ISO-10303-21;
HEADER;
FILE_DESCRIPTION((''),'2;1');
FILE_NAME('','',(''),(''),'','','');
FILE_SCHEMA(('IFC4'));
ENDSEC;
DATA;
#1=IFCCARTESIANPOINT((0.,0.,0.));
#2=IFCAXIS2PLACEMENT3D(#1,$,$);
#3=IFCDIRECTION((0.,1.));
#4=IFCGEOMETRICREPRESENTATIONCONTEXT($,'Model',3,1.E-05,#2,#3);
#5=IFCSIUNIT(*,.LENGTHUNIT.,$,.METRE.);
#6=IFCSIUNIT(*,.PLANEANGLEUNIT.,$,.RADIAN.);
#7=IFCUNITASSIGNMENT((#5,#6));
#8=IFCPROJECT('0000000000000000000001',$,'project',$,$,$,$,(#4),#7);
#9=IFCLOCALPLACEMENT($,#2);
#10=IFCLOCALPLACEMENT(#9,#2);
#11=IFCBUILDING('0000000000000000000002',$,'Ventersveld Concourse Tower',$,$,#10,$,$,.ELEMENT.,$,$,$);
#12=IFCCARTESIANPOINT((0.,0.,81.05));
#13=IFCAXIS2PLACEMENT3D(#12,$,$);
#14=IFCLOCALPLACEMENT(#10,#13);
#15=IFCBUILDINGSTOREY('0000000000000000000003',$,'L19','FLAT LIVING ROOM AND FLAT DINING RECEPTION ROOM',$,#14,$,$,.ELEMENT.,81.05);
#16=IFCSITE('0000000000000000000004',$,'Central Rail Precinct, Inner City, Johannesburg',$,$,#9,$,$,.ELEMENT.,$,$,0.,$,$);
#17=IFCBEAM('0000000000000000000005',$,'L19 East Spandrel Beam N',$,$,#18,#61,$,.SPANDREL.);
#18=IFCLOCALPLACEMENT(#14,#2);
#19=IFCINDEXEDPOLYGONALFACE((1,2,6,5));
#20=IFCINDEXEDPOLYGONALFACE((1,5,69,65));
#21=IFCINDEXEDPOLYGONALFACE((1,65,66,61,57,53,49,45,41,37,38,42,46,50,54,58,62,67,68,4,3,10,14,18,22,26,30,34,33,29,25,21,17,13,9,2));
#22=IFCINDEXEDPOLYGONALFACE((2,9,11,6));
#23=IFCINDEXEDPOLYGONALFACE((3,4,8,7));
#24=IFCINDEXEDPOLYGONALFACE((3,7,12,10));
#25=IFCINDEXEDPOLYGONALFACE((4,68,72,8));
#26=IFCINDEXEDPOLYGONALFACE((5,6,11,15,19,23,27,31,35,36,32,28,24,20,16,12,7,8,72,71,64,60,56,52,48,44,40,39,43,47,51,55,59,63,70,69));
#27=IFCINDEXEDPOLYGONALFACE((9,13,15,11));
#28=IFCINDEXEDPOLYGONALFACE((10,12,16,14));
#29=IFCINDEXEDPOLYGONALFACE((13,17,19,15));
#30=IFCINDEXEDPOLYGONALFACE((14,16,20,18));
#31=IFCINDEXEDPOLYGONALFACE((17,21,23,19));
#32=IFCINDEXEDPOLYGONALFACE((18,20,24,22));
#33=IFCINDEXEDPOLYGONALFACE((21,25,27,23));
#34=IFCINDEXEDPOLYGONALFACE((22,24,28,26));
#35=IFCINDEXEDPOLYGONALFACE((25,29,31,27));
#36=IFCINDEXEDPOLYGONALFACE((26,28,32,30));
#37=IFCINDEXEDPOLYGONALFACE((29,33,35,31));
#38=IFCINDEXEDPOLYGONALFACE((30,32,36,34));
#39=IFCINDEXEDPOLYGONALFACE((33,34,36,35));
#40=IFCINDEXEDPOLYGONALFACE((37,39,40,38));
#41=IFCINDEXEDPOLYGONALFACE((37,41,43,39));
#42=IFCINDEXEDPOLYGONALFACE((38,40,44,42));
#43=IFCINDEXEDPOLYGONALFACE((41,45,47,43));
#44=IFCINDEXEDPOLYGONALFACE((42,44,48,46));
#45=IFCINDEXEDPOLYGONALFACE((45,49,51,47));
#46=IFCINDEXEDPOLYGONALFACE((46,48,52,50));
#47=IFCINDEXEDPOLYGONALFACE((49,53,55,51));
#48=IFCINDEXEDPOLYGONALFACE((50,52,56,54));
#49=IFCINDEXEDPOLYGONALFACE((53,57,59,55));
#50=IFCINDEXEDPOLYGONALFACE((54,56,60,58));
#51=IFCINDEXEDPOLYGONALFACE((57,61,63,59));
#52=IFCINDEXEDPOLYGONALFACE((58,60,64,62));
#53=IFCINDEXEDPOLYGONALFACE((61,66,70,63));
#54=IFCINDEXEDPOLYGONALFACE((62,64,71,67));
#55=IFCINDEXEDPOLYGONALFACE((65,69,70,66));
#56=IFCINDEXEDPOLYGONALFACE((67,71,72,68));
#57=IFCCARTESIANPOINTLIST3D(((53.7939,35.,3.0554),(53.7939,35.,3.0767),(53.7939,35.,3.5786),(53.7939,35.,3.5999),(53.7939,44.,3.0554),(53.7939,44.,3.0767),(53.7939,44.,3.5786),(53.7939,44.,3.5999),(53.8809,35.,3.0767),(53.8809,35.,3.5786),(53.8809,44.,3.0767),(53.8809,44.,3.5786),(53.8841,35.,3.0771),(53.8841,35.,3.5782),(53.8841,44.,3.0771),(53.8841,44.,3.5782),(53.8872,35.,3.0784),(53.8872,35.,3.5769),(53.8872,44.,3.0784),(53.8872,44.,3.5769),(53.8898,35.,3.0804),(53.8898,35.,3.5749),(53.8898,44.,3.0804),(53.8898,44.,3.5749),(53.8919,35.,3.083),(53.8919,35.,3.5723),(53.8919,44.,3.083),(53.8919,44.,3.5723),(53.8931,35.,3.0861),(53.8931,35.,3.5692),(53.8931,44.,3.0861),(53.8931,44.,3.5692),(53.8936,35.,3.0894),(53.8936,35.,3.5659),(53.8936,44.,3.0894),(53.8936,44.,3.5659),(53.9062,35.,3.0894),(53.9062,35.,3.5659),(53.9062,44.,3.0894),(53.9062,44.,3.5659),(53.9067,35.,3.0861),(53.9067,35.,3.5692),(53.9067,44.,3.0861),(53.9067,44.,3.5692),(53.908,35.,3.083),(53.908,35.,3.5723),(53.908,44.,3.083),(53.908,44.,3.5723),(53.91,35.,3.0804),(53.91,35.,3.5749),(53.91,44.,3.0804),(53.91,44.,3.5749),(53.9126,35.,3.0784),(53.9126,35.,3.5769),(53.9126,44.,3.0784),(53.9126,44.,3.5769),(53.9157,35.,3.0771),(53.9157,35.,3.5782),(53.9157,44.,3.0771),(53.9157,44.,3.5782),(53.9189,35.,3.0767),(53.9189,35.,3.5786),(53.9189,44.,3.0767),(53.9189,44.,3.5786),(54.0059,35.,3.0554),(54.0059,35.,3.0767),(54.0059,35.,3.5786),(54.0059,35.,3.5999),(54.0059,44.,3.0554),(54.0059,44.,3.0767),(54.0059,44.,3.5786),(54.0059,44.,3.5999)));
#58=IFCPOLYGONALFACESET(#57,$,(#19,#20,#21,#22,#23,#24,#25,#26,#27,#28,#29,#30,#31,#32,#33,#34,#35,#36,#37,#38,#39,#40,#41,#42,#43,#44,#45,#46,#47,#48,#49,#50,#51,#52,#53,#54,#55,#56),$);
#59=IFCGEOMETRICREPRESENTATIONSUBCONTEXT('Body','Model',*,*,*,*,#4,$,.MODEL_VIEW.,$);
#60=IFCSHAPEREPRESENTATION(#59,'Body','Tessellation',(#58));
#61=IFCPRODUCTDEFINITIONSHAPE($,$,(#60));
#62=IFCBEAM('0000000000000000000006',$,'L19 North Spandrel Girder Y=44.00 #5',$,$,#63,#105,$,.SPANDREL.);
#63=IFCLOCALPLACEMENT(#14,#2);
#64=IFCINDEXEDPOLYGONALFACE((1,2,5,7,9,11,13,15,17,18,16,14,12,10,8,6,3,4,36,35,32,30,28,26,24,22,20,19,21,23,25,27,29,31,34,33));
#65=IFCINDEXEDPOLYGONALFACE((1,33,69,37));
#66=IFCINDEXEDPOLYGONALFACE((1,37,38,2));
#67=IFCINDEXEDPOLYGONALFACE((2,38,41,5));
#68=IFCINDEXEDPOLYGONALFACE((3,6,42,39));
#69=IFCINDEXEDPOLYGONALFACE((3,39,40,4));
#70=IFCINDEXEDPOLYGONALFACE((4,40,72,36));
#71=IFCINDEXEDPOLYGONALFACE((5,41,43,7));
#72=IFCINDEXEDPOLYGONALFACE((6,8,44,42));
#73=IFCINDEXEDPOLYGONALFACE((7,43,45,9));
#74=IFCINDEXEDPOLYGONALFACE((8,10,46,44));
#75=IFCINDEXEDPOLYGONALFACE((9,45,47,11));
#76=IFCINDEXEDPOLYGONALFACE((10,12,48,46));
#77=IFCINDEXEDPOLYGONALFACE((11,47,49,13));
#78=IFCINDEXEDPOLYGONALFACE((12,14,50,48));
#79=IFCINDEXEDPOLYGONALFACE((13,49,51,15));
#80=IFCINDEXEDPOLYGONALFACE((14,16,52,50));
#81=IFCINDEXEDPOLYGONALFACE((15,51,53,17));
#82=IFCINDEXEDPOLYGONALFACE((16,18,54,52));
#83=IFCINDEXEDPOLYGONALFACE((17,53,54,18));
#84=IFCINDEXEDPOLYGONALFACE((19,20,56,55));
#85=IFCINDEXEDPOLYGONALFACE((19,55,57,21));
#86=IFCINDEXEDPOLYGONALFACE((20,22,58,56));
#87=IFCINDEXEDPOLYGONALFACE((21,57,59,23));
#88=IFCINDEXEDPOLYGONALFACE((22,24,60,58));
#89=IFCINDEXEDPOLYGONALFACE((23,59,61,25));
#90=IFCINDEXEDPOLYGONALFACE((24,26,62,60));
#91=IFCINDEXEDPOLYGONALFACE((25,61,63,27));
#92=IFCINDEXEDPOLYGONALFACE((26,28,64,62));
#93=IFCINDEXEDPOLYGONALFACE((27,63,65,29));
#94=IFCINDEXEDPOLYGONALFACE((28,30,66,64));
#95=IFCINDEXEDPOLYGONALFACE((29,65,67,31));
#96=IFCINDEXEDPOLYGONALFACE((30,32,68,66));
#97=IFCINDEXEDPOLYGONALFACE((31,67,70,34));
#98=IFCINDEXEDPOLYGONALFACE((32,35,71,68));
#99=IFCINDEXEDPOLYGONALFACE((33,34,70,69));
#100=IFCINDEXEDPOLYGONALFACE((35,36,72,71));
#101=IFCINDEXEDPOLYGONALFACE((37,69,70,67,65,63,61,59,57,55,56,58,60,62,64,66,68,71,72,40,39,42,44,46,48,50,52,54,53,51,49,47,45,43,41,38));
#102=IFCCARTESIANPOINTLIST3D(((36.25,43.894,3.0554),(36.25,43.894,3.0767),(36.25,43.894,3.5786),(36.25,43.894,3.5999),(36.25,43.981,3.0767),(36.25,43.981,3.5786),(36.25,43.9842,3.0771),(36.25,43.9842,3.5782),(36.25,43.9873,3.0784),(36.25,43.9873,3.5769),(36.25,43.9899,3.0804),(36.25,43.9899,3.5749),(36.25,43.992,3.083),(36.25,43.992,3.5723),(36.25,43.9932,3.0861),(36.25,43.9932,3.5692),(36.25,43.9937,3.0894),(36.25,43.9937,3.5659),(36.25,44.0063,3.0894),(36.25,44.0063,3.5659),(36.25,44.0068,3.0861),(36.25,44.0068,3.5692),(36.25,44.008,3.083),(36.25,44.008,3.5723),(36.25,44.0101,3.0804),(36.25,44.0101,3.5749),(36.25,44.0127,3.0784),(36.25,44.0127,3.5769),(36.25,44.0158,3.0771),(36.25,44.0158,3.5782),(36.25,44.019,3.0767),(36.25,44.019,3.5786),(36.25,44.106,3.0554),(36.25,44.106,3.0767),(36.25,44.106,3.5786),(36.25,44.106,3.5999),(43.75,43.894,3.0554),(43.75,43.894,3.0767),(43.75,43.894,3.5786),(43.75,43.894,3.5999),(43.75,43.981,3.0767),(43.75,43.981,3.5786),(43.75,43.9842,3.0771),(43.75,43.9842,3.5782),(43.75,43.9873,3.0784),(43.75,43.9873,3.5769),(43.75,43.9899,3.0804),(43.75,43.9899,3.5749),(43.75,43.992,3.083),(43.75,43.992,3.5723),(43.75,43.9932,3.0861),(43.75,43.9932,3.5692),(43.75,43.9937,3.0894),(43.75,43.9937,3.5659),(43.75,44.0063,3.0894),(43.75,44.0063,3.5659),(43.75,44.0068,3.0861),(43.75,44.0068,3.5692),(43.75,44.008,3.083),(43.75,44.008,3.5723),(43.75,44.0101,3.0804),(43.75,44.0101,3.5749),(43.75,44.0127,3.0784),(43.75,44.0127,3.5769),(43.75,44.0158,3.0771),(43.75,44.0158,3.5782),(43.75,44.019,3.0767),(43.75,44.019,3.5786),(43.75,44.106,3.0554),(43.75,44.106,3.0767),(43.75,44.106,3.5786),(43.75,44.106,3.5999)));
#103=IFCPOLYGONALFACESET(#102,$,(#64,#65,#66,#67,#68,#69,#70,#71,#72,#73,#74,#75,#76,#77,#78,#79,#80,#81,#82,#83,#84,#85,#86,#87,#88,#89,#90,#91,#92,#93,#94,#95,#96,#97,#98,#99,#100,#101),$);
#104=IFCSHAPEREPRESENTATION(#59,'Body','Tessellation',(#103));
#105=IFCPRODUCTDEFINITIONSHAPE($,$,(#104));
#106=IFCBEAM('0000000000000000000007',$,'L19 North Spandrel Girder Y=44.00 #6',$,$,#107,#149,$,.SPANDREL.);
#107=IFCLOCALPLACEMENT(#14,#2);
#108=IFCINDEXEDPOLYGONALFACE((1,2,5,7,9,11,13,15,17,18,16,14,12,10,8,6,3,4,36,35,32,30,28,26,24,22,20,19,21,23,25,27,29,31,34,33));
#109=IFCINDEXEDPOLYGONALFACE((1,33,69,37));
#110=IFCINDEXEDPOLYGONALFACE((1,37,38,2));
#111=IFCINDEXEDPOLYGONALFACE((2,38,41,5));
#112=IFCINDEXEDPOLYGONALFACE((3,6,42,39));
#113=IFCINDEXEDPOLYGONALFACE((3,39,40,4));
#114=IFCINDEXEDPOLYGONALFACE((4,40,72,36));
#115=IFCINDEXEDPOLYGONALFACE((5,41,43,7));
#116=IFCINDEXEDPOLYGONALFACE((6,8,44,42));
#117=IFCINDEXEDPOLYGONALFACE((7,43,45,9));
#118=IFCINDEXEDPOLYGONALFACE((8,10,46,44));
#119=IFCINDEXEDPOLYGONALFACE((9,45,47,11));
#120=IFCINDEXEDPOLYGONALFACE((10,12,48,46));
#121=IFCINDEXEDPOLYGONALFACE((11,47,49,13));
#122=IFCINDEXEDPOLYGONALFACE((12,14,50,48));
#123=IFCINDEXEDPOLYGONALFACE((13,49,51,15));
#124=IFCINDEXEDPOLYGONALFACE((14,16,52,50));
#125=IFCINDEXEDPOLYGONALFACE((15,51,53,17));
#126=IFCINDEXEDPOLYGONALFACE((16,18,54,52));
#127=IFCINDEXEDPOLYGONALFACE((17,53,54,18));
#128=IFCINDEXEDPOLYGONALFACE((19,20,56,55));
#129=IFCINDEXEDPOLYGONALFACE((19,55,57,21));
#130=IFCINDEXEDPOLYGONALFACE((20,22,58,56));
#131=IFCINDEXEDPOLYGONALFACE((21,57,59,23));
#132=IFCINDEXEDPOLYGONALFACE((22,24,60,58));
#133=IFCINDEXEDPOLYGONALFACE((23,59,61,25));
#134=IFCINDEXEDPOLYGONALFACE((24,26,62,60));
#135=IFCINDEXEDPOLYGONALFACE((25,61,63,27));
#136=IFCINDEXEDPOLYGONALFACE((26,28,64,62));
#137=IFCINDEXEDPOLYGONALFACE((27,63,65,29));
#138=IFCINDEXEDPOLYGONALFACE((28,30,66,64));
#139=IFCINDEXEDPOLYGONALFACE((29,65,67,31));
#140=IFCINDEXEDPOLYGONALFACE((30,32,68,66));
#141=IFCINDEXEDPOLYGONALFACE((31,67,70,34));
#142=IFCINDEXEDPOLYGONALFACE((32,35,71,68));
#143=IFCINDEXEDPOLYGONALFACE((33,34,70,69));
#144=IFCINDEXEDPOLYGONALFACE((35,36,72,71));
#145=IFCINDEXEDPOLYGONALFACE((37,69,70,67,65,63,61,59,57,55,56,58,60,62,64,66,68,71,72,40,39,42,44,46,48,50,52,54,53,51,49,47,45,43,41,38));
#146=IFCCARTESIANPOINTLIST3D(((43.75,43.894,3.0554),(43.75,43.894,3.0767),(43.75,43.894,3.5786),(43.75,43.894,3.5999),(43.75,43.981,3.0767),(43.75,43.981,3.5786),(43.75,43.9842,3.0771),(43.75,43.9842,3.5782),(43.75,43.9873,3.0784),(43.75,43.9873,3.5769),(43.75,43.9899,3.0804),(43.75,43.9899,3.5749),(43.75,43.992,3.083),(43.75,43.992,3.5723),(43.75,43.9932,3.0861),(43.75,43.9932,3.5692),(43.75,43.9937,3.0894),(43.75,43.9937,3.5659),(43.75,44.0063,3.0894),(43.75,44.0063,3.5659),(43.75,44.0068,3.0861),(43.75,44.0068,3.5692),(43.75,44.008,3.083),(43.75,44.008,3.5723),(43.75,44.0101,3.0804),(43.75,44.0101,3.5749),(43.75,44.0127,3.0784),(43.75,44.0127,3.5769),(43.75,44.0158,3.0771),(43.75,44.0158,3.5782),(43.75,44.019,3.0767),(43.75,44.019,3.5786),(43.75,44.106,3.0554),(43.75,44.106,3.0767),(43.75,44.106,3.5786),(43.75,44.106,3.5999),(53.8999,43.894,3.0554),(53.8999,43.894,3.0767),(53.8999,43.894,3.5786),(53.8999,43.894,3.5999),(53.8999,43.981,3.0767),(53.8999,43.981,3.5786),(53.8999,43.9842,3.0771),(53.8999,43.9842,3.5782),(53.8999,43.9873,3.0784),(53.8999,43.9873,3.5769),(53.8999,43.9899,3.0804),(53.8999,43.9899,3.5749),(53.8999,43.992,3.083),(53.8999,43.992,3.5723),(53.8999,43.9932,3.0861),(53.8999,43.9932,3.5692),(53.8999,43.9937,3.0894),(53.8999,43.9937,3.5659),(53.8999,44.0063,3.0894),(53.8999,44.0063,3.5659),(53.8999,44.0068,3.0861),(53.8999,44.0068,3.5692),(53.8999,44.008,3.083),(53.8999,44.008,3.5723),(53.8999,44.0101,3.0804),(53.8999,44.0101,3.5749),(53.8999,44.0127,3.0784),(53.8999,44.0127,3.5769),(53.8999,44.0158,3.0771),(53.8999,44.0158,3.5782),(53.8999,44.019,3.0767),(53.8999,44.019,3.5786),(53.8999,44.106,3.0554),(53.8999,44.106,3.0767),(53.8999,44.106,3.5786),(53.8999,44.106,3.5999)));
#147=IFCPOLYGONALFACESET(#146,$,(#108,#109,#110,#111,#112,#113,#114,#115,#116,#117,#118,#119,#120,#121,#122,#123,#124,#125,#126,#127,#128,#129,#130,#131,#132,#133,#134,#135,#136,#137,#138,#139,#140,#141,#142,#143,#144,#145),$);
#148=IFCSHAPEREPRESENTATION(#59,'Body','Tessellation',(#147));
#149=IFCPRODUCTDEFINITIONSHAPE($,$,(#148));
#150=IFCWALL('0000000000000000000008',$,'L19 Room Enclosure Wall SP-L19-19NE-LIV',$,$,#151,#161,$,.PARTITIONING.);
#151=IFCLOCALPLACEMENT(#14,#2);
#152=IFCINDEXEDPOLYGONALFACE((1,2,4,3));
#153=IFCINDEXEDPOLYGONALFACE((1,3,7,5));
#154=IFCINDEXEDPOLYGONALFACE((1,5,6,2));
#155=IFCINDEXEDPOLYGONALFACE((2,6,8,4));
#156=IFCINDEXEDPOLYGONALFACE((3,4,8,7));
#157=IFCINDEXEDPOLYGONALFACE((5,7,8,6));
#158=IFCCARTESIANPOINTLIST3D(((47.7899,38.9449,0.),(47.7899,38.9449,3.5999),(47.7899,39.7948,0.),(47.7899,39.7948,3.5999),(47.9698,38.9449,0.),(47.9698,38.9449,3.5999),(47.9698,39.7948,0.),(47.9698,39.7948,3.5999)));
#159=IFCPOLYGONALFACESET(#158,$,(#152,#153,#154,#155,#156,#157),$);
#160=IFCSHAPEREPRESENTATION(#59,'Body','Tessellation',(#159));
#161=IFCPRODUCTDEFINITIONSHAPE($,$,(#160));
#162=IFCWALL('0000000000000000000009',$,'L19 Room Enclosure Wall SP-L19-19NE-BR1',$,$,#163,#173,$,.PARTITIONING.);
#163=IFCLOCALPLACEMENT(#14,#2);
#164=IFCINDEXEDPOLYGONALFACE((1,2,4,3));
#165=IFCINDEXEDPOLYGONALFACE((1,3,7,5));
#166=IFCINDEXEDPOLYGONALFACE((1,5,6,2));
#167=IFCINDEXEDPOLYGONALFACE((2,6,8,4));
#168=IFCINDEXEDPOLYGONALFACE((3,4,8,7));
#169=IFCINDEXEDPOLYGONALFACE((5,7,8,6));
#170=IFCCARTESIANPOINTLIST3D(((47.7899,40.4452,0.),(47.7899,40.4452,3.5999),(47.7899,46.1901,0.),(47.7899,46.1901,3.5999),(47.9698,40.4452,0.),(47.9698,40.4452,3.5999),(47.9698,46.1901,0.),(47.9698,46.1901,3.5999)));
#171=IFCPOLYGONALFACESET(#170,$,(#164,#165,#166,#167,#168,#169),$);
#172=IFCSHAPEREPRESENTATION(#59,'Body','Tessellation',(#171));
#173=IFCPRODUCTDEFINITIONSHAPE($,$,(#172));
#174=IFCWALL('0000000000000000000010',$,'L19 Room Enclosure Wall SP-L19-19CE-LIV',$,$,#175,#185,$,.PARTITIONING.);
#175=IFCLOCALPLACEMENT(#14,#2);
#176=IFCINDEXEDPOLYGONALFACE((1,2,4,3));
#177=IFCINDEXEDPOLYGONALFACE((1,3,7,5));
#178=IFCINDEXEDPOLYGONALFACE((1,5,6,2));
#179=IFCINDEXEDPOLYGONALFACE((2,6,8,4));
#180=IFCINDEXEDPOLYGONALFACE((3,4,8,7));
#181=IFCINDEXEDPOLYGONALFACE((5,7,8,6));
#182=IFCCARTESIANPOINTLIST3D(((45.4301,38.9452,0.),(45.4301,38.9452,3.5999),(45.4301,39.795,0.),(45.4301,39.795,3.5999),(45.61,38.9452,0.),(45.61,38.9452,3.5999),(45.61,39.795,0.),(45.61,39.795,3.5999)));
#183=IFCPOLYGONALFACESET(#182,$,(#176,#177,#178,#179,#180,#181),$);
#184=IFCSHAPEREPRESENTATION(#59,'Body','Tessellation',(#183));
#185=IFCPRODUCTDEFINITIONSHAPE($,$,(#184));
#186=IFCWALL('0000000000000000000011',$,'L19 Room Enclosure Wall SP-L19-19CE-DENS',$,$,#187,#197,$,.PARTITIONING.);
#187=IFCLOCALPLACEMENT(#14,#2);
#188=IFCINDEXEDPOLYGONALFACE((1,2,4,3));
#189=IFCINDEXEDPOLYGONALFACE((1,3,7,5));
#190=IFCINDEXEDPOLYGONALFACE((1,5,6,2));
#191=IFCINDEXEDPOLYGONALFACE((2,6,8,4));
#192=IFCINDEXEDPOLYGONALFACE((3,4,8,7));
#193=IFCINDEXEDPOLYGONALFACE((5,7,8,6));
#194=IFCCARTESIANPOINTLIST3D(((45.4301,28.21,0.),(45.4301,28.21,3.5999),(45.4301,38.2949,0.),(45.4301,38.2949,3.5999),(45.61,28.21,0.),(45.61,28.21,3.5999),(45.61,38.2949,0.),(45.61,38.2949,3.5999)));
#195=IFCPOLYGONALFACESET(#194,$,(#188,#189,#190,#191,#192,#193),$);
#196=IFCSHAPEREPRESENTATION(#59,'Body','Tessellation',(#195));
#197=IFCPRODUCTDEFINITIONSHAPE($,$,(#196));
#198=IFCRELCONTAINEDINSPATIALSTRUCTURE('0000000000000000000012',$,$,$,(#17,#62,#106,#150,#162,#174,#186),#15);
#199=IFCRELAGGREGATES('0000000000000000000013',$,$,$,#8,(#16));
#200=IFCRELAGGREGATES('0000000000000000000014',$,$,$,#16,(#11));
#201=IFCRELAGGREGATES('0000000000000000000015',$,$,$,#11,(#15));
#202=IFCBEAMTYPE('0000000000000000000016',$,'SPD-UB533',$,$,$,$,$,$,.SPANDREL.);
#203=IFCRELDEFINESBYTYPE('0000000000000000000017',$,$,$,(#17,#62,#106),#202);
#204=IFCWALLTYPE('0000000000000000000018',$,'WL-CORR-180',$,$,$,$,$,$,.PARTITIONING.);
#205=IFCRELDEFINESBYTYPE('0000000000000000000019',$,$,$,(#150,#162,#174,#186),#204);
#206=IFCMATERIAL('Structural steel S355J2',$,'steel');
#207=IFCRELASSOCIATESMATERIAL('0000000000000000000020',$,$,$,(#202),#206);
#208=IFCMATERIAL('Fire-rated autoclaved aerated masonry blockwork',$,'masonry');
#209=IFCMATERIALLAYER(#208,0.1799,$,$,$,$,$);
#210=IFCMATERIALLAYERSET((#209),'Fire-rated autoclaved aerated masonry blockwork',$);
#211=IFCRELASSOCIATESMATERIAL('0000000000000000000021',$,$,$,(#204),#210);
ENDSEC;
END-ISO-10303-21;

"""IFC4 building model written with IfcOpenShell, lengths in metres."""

from ifc_helpers import new_model, si_unit, direction, frame, frame_2d, origin, origin_2d, place, context, subcontext, project, spatial, rectangle, i_section, extrude, material, layer, layer_set, material_profile, profile_set, type_object, element, save


model = new_model("IFC4")

# Units and contexts
model_context = context("Model", 3, precision=1e-05, world=origin(), true_north=direction((0.0, 1.0)))
body_context = subcontext(model_context, "Body", "Model", "MODEL_VIEW")
ifc_project = project(units=[si_unit("LENGTHUNIT", "METRE"), si_unit("PLANEANGLEUNIT", "RADIAN")], contexts=[model_context])

# Site, building, storey
site_placement = place(None, origin())
site = spatial("IfcSite", under=ifc_project, at=site_placement, Name="Central Rail Precinct, Inner City, Johannesburg", CompositionType="ELEMENT", RefElevation=0.0)
building_placement = place(site_placement, origin())
building = spatial("IfcBuilding", under=site, at=building_placement, Name="Ventersveld Concourse Tower", CompositionType="ELEMENT")
storey_placement = place(building_placement, frame((0.0, 0.0, 81.05)))
storey = spatial("IfcBuildingStorey", under=building, at=storey_placement, Name="L19", Description="FLAT LIVING ROOM AND FLAT DINING RECEPTION ROOM", CompositionType="ELEMENT", Elevation=81.05)

# Beams
ifc_material_1 = material(Name="Structural steel S355J2", Category="steel")
ifc_material_profile_1 = material_profile(ifc_material_1, i_section(OverallWidth=0.2119, OverallDepth=0.5444, WebThickness=0.0127, FlangeThickness=0.0212, FilletRadius=0.0127, at=origin_2d()), Name="UB 533x210x122")
ifc_profile_set_1 = profile_set([ifc_material_profile_1], Name="Structural steel S355J2")
beam_type_1 = type_object("IfcBeamType", Name="SPD-UB533", PredefinedType="SPANDREL", material=ifc_profile_set_1)
beam_1_placement = place(storey_placement, frame((53.8999, 35.0, 3.3276), z_axis=(0.0, 1.0, 0.0), x_axis=(-1.0, 0.0, 0.0)))
element("IfcBeam", 1, at=beam_1_placement, inside=storey, type_object=beam_type_1, Name="L19 East Spandrel Beam N", PredefinedType="SPANDREL", context=body_context, shape_type="SweptSolid", body=[
    extrude(i_section(OverallWidth=0.2119, OverallDepth=0.5444, WebThickness=0.0127, FlangeThickness=0.0212, FilletRadius=0.0127, at=origin_2d()), origin(), (0.0, 0.0, 1.0), 9.0),
])
beam_2_placement = place(storey_placement, frame((36.25, 44.0, 3.3276), z_axis=(1.0, 0.0, 0.0), x_axis=(0.0, 1.0, 0.0)))
element("IfcBeam", 2, at=beam_2_placement, inside=storey, type_object=beam_type_1, Name="L19 North Spandrel Girder Y=44.00 #5", PredefinedType="SPANDREL", context=body_context, shape_type="SweptSolid", body=[
    extrude(i_section(OverallWidth=0.2119, OverallDepth=0.5444, WebThickness=0.0127, FlangeThickness=0.0212, FilletRadius=0.0127, at=origin_2d()), origin(), (0.0, 0.0, 1.0), 7.5),
])
beam_3_placement = place(storey_placement, frame((43.75, 44.0, 3.3276), z_axis=(1.0, 0.0, 0.0), x_axis=(0.0, 1.0, 0.0)))
element("IfcBeam", 3, at=beam_3_placement, inside=storey, type_object=beam_type_1, Name="L19 North Spandrel Girder Y=44.00 #6", PredefinedType="SPANDREL", context=body_context, shape_type="SweptSolid", body=[
    extrude(i_section(OverallWidth=0.2119, OverallDepth=0.5444, WebThickness=0.0127, FlangeThickness=0.0212, FilletRadius=0.0127, at=origin_2d()), origin(), (0.0, 0.0, 1.0), 10.1499),
])

# Walls
ifc_material_2 = material(Name="Fire-rated autoclaved aerated masonry blockwork", Category="masonry")
ifc_layer_1 = layer(ifc_material_2, 0.1799)
ifc_layer_set_1 = layer_set([ifc_layer_1], Name="Fire-rated autoclaved aerated masonry blockwork")
wall_type_1 = type_object("IfcWallType", Name="WL-CORR-180", PredefinedType="PARTITIONING", material=ifc_layer_set_1)
wall_1_placement = place(storey_placement, frame((47.8799, 38.9451, 0.0), z_axis=(0.0, 0.0, 1.0), x_axis=(0.0, 1.0, 0.0)))
element("IfcWall", 4, at=wall_1_placement, inside=storey, type_object=wall_type_1, Name="L19 Room Enclosure Wall SP-L19-19NE-LIV", PredefinedType="PARTITIONING", context=body_context, shape_type="SweptSolid", body=[
    extrude(rectangle(XDim=0.8499, YDim=0.1799, at=frame_2d((0.4248, 0.0))), origin(), (0.0, 0.0, 1.0), 3.5999),
])
wall_2_placement = place(storey_placement, frame((47.8799, 40.4451, 0.0), z_axis=(0.0, 0.0, 1.0), x_axis=(0.0, 1.0, 0.0)))
element("IfcWall", 5, at=wall_2_placement, inside=storey, type_object=wall_type_1, Name="L19 Room Enclosure Wall SP-L19-19NE-BR1", PredefinedType="PARTITIONING", context=body_context, shape_type="SweptSolid", body=[
    extrude(rectangle(XDim=5.7449, YDim=0.1799, at=frame_2d((2.8726, 0.0))), origin(), (0.0, 0.0, 1.0), 3.5999),
])
wall_3_placement = place(storey_placement, frame((45.52, 39.7949, 0.0), z_axis=(0.0, 0.0, 1.0), x_axis=(0.0, -1.0, 0.0)))
element("IfcWall", 6, at=wall_3_placement, inside=storey, type_object=wall_type_1, Name="L19 Room Enclosure Wall SP-L19-19CE-LIV", PredefinedType="PARTITIONING", context=body_context, shape_type="SweptSolid", body=[
    extrude(rectangle(XDim=0.8499, YDim=0.1799, at=frame_2d((0.4248, 0.0))), origin(), (0.0, 0.0, 1.0), 3.5999),
])
wall_4_placement = place(storey_placement, frame((45.52, 38.2949, 0.0), z_axis=(0.0, 0.0, 1.0), x_axis=(0.0, -1.0, 0.0)))
element("IfcWall", 7, at=wall_4_placement, inside=storey, type_object=wall_type_1, Name="L19 Room Enclosure Wall SP-L19-19CE-DENS", PredefinedType="PARTITIONING", context=body_context, shape_type="SweptSolid", body=[
    extrude(rectangle(XDim=10.085, YDim=0.1799, at=frame_2d((5.0425, 0.0))), origin(), (0.0, 0.0, 1.0), 3.5999),
])

save(model, "model.ifc")
